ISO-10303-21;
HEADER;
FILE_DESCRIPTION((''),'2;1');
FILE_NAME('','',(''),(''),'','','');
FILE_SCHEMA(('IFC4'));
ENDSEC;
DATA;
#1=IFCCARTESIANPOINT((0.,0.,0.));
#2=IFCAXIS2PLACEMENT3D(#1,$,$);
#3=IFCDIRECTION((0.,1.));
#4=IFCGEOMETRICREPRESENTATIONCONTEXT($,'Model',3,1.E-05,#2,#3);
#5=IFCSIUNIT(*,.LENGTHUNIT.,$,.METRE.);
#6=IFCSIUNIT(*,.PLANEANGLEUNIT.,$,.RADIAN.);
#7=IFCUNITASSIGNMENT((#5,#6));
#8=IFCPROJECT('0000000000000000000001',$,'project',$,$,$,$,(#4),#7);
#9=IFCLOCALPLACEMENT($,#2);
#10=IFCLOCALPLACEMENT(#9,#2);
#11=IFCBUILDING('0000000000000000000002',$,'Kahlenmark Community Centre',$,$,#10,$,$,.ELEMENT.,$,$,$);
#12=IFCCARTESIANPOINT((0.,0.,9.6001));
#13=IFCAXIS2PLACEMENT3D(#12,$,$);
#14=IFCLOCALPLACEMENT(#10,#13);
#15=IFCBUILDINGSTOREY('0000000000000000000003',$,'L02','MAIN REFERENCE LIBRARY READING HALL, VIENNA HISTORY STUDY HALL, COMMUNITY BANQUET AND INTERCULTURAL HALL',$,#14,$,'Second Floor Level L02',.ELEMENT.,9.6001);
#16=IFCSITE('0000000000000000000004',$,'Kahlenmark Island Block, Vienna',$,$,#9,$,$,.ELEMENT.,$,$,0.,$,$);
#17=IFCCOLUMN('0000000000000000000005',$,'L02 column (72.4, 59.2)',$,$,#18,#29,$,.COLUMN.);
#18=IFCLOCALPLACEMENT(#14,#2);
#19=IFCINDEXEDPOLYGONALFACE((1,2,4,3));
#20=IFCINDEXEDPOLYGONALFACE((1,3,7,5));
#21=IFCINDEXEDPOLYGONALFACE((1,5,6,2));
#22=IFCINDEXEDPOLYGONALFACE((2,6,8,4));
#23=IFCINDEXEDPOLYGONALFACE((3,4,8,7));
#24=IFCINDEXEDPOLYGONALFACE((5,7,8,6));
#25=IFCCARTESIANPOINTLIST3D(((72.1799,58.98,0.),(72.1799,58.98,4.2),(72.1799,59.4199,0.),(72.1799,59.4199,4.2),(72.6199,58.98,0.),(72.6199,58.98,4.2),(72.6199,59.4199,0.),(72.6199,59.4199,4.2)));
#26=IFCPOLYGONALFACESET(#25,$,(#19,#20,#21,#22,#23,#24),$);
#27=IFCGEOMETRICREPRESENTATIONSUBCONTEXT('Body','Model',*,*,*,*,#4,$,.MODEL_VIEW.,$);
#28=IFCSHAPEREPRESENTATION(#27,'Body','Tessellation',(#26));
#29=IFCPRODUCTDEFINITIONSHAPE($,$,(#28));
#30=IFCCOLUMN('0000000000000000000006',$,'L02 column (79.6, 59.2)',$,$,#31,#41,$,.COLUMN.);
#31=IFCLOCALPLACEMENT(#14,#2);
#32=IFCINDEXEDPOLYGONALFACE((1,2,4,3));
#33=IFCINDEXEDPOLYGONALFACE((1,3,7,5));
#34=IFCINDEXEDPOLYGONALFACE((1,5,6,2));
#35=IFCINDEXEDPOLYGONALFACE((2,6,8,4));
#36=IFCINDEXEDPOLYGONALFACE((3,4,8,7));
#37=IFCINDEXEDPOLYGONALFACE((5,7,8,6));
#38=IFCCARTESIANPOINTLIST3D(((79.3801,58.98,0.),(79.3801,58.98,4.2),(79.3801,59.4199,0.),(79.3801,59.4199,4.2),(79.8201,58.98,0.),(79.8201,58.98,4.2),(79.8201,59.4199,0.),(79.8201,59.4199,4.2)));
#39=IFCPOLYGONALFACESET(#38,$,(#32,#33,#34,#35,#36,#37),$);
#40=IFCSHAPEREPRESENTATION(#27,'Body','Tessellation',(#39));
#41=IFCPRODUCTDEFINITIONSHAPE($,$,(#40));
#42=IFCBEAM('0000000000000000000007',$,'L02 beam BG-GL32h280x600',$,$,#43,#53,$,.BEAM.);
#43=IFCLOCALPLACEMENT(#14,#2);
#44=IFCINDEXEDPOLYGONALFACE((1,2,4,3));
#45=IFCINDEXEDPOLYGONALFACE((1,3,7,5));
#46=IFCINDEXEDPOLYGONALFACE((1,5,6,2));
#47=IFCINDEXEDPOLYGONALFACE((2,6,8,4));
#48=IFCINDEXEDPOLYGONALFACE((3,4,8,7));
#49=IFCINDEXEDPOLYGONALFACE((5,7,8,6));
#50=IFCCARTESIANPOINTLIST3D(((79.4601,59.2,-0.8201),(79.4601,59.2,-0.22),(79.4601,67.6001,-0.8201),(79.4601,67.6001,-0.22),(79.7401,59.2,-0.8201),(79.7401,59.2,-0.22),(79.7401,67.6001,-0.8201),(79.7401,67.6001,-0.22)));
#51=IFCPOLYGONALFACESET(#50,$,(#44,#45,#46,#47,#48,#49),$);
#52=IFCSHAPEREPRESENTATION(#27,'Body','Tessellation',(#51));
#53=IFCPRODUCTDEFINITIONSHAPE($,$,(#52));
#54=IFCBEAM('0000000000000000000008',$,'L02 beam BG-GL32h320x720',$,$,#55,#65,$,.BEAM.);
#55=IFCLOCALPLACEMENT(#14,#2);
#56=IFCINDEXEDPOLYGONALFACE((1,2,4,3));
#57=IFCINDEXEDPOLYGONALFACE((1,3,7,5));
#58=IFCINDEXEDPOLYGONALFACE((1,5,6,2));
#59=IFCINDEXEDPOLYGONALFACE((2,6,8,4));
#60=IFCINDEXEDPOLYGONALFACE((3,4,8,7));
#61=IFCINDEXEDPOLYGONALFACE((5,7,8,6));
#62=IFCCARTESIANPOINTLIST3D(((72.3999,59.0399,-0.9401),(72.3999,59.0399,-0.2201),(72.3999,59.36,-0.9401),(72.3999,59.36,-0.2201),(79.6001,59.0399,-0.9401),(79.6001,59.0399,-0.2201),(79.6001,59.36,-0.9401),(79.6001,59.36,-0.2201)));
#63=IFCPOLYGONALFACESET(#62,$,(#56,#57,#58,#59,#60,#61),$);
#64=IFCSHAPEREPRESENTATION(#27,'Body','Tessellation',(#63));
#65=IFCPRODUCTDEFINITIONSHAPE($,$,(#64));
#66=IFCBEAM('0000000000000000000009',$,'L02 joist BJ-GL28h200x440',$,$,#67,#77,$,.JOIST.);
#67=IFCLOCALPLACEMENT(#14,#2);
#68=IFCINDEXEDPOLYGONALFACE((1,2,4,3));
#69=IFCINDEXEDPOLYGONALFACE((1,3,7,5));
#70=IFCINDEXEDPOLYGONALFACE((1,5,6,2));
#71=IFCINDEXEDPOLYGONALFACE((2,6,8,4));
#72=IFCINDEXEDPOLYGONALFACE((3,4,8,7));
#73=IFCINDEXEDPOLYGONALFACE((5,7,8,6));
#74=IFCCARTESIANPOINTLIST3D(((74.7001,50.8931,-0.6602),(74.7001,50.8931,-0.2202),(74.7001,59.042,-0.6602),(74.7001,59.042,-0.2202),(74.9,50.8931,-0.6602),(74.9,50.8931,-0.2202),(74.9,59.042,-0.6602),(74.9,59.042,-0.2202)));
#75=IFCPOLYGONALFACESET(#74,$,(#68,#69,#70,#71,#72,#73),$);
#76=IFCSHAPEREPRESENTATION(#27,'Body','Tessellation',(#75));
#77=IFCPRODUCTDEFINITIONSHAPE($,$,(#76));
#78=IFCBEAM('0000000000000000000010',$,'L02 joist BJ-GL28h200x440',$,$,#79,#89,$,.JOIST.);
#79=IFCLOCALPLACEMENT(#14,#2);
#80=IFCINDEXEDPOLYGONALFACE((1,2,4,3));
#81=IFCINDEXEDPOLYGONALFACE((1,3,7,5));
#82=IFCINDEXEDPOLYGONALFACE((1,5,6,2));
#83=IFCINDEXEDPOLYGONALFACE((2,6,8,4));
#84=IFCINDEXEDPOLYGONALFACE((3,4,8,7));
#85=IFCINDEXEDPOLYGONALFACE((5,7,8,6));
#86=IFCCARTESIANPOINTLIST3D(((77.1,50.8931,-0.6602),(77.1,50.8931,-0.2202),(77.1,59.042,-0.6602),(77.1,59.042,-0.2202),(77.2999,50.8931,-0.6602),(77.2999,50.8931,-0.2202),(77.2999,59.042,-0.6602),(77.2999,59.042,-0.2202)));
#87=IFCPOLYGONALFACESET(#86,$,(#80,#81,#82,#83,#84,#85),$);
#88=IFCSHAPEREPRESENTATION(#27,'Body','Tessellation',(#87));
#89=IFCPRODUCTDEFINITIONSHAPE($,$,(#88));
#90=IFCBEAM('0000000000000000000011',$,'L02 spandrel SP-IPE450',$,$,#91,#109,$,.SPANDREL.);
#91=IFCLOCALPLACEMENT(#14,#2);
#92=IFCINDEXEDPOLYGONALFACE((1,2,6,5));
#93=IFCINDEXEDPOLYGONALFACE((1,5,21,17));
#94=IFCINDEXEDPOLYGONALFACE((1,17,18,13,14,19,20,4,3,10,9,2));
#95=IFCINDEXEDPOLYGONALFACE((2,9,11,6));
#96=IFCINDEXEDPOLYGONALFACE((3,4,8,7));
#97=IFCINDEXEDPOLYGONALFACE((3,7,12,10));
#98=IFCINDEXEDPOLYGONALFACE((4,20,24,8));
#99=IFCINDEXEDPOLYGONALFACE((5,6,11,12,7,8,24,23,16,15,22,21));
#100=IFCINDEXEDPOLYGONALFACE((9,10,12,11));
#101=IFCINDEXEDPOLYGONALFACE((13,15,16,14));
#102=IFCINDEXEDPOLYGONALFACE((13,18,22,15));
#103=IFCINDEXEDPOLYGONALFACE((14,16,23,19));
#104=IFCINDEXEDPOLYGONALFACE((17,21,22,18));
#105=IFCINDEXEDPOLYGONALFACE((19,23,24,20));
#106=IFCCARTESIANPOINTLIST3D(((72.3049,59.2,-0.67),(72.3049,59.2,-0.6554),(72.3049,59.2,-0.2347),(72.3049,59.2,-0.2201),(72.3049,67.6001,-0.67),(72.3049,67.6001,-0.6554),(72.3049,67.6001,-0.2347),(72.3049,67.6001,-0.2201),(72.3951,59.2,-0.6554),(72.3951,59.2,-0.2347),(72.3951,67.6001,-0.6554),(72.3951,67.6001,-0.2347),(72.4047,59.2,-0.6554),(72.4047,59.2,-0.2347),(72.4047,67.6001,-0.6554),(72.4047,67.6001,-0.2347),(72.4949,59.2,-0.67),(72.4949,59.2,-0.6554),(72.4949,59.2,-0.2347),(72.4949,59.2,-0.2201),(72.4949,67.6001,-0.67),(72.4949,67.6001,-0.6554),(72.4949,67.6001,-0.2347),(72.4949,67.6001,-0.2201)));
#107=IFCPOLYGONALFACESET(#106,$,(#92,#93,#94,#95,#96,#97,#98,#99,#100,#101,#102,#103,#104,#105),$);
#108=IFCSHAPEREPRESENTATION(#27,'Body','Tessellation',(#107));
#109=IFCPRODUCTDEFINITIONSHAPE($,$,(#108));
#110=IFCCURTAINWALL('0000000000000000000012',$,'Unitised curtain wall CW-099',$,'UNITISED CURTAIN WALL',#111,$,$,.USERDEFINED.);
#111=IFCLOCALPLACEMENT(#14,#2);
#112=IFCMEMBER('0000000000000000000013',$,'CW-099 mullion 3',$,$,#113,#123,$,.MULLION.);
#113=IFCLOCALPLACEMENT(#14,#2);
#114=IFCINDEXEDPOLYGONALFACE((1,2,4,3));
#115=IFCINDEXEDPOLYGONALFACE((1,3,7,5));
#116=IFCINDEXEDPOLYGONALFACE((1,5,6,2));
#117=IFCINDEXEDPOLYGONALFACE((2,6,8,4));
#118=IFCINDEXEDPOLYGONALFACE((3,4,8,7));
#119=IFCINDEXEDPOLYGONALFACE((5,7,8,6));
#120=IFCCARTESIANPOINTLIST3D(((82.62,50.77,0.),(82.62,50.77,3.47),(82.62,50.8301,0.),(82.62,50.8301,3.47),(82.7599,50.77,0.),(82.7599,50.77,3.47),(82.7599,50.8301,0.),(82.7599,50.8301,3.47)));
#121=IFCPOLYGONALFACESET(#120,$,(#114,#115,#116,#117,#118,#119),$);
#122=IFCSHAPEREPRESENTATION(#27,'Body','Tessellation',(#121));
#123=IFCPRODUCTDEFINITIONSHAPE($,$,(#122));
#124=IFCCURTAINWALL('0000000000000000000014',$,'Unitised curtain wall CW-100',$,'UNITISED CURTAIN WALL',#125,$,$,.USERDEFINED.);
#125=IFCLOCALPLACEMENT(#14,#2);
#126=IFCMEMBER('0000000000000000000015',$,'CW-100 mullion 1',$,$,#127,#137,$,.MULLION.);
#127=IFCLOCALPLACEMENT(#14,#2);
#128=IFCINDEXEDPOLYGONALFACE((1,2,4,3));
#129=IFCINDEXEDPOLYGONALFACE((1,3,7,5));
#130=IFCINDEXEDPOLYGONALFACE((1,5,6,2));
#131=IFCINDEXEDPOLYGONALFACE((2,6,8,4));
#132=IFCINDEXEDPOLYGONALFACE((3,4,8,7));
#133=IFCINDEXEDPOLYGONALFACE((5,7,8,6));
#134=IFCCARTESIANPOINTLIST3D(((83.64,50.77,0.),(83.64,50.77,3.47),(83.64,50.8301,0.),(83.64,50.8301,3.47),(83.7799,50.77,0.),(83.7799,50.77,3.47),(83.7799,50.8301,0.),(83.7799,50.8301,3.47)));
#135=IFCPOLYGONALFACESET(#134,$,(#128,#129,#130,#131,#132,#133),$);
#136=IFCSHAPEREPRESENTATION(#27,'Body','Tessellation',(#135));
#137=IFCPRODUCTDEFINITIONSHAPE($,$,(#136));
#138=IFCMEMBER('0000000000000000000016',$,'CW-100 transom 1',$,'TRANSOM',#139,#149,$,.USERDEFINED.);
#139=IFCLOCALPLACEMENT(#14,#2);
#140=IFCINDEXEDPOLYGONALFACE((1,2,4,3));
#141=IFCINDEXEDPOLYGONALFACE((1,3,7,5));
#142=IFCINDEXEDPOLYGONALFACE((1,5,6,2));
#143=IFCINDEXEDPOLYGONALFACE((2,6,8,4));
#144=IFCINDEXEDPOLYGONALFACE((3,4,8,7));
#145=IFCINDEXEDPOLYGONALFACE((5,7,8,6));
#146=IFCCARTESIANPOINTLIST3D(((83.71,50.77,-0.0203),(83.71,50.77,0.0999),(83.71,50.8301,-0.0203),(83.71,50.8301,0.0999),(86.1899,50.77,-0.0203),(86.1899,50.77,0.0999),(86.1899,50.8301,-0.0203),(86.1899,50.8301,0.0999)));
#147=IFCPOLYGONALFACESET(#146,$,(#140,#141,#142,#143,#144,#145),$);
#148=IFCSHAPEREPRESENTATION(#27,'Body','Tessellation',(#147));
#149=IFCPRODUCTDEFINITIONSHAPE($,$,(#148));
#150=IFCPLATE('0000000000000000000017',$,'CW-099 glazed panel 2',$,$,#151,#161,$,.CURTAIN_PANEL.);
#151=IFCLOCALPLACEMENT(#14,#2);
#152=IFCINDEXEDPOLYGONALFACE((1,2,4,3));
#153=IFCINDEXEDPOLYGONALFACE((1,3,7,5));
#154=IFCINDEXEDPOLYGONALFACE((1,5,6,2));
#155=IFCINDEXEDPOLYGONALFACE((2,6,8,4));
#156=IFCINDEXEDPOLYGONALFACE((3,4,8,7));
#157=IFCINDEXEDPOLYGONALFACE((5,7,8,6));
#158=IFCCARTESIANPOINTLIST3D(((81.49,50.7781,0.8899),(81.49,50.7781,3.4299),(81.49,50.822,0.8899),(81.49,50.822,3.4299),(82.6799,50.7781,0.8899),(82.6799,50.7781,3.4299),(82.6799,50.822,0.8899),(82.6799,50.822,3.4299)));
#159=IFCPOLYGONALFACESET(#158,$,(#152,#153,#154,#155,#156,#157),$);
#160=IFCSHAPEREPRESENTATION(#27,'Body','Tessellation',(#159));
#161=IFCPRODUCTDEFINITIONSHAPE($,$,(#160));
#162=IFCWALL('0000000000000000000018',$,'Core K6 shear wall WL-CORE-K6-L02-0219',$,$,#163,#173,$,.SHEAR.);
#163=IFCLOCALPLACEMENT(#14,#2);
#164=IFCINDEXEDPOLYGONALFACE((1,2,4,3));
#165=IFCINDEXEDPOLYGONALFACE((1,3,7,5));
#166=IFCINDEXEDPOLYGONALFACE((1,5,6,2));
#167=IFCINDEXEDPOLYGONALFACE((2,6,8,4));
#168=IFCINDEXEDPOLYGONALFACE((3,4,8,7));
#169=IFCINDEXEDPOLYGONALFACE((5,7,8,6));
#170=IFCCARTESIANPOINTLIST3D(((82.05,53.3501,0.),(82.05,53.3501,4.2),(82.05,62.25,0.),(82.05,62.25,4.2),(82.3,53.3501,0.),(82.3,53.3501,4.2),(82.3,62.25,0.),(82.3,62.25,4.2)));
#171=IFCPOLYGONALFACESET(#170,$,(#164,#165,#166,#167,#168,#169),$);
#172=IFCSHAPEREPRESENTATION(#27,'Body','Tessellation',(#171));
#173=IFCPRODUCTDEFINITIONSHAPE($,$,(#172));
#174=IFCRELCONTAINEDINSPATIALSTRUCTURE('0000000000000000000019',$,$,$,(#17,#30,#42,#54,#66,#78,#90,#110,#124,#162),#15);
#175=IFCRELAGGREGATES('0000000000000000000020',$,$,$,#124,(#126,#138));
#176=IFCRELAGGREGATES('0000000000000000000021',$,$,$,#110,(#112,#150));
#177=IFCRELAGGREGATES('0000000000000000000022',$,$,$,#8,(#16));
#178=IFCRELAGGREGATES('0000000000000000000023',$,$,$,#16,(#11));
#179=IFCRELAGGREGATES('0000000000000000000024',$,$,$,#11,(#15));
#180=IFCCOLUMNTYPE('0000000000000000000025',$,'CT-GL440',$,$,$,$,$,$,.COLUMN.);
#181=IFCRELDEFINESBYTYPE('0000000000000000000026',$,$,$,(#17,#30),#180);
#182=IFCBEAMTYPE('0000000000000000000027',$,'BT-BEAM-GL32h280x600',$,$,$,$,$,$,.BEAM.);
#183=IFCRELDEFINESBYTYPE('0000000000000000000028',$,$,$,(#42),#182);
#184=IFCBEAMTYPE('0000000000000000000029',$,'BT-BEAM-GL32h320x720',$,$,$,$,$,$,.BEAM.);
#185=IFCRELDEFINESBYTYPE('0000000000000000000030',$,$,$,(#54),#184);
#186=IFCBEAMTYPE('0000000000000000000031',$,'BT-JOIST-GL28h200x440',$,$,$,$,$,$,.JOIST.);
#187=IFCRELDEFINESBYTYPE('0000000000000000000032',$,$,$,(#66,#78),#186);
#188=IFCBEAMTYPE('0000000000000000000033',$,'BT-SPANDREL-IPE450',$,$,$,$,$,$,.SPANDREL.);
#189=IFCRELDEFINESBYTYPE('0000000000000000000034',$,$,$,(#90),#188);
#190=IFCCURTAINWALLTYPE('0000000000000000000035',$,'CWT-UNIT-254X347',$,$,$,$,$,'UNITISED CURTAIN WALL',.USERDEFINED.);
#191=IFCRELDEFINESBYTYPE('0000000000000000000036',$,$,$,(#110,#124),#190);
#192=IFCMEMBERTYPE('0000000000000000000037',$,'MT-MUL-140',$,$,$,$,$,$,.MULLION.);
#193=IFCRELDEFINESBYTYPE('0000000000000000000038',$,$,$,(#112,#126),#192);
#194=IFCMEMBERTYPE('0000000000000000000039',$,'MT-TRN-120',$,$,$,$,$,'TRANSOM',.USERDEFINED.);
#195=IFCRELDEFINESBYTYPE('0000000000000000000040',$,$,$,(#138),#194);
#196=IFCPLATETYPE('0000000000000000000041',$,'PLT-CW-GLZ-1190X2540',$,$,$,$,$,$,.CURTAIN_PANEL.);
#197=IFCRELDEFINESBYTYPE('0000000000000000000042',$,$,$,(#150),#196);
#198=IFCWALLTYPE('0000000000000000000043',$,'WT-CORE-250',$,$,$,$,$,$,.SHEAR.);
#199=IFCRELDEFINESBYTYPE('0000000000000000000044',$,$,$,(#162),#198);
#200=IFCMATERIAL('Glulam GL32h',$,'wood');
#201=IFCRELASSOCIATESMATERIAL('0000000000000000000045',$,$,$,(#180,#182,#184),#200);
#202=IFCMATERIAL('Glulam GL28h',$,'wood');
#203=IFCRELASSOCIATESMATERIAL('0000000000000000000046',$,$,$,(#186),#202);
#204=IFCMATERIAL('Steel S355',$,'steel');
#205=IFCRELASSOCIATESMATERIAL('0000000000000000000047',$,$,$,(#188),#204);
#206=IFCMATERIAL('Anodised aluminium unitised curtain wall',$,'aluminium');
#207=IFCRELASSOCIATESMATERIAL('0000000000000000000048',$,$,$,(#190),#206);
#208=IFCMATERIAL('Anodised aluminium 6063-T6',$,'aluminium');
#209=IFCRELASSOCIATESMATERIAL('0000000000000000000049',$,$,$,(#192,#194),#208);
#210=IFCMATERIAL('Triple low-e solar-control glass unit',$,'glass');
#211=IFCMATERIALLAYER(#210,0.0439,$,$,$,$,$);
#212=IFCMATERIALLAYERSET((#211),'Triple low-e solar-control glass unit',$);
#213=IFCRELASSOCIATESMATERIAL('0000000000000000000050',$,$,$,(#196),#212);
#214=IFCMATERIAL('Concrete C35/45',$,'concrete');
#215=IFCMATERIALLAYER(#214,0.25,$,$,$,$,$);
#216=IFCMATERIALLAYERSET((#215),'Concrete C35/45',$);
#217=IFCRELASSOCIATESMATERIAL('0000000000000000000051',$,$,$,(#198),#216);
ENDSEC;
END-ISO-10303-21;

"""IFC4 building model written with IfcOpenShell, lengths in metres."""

from ifc_helpers import new_model, si_unit, direction, frame, frame_2d, origin, origin_2d, place, context, subcontext, project, spatial, rectangle, i_section, extrude, material, layer, layer_set, material_profile, profile_set, type_object, element, aggregate, save


model = new_model("IFC4")

# Units and contexts
model_context = context("Model", 3, precision=1e-05, world=origin(), true_north=direction((0.0, 1.0)))
body_context = subcontext(model_context, "Body", "Model", "MODEL_VIEW")
ifc_project = project(units=[si_unit("LENGTHUNIT", "METRE"), si_unit("PLANEANGLEUNIT", "RADIAN")], contexts=[model_context])

# Site, building, storey
site_placement = place(None, origin())
site = spatial("IfcSite", under=ifc_project, at=site_placement, Name="Kahlenmark Island Block, Vienna", CompositionType="ELEMENT", RefElevation=0.0)
building_placement = place(site_placement, origin())
building = spatial("IfcBuilding", under=site, at=building_placement, Name="Kahlenmark Community Centre", CompositionType="ELEMENT")
storey_placement = place(building_placement, frame((0.0, 0.0, 9.6001)))
storey = spatial("IfcBuildingStorey", under=building, at=storey_placement, Name="L02", Description="MAIN REFERENCE LIBRARY READING HALL, VIENNA HISTORY STUDY HALL, COMMUNITY BANQUET AND INTERCULTURAL HALL", LongName="Second Floor Level L02", CompositionType="ELEMENT", Elevation=9.6001)

# Columns
ifc_material_1 = material(Name="Glulam GL32h", Category="wood")
ifc_material_profile_1 = material_profile(ifc_material_1, rectangle(XDim=0.4399, YDim=0.4399, at=origin_2d()), Name="GL32h 440x440")
ifc_profile_set_1 = profile_set([ifc_material_profile_1], Name="Glulam GL32h")
column_type = type_object("IfcColumnType", Name="CT-GL440", PredefinedType="COLUMN", material=ifc_profile_set_1)
for number, where, z_axis, x_axis, name in (
    (1, (72.3999, 59.2, 0.0), (0.0, 0.0, 1.0), (1.0, 0.0, 0.0), "L02 column (72.4, 59.2)"),
    (2, (79.6001, 59.2, 0.0), (0.0, 0.0, 1.0), (1.0, 0.0, 0.0), "L02 column (79.6, 59.2)"),
):
    element("IfcColumn", number, at=place(storey_placement, frame(where, z_axis=z_axis, x_axis=x_axis)), inside=storey, type_object=column_type, Name=name, PredefinedType="COLUMN", context=body_context, shape_type="SweptSolid", body=[
        extrude(rectangle(XDim=0.4399, YDim=0.4399, at=origin_2d()), origin(), (0.0, 0.0, 1.0), 4.2),
    ])

# Beams
ifc_material_profile_2 = material_profile(ifc_material_1, rectangle(XDim=0.28, YDim=0.6001, at=origin_2d()), Name="GL32h 280x600")
ifc_profile_set_2 = profile_set([ifc_material_profile_2], Name="Glulam GL32h")
beam_type_1 = type_object("IfcBeamType", Name="BT-BEAM-GL32h280x600", PredefinedType="BEAM", material=ifc_profile_set_2)
beam_1_placement = place(storey_placement, frame((79.6001, 59.2, -0.52), z_axis=(0.0, 1.0, 0.0), x_axis=(-1.0, 0.0, 0.0)))
element("IfcBeam", 3, at=beam_1_placement, inside=storey, type_object=beam_type_1, Name="L02 beam BG-GL32h280x600", PredefinedType="BEAM", context=body_context, shape_type="SweptSolid", body=[
    extrude(rectangle(XDim=0.28, YDim=0.6001, at=origin_2d()), origin(), (0.0, 0.0, 1.0), 8.4001),
])
ifc_material_profile_3 = material_profile(ifc_material_1, rectangle(XDim=0.3201, YDim=0.72, at=origin_2d()), Name="GL32h 320x720")
ifc_profile_set_3 = profile_set([ifc_material_profile_3], Name="Glulam GL32h")
beam_type_2 = type_object("IfcBeamType", Name="BT-BEAM-GL32h320x720", PredefinedType="BEAM", material=ifc_profile_set_3)
beam_2_placement = place(storey_placement, frame((72.3999, 59.2, -0.5801), z_axis=(1.0, 0.0, 0.0), x_axis=(0.0, 1.0, 0.0)))
element("IfcBeam", 4, at=beam_2_placement, inside=storey, type_object=beam_type_2, Name="L02 beam BG-GL32h320x720", PredefinedType="BEAM", context=body_context, shape_type="SweptSolid", body=[
    extrude(rectangle(XDim=0.3201, YDim=0.72, at=origin_2d()), origin(), (0.0, 0.0, 1.0), 7.2002),
])
ifc_material_2 = material(Name="Glulam GL28h", Category="wood")
ifc_material_profile_4 = material_profile(ifc_material_2, rectangle(XDim=0.2, YDim=0.4399, at=origin_2d()), Name="GL28h 200x440")
ifc_profile_set_4 = profile_set([ifc_material_profile_4], Name="Glulam GL28h")
beam_type_3 = type_object("IfcBeamType", Name="BT-JOIST-GL28h200x440", PredefinedType="JOIST", material=ifc_profile_set_4)
for number, where, z_axis, x_axis, name in (
    (5, (74.8, 50.8931, -0.4402), (0.0, 1.0, 0.0), (-1.0, 0.0, 0.0), "L02 joist BJ-GL28h200x440"),
    (6, (77.2, 50.8931, -0.4402), (0.0, 1.0, 0.0), (-1.0, 0.0, 0.0), "L02 joist BJ-GL28h200x440"),
):
    element("IfcBeam", number, at=place(storey_placement, frame(where, z_axis=z_axis, x_axis=x_axis)), inside=storey, type_object=beam_type_3, Name=name, PredefinedType="JOIST", context=body_context, shape_type="SweptSolid", body=[
        extrude(rectangle(XDim=0.2, YDim=0.4399, at=origin_2d()), origin(), (0.0, 0.0, 1.0), 8.1489),
    ])
ifc_material_3 = material(Name="Steel S355", Category="steel")
ifc_material_profile_5 = material_profile(ifc_material_3, i_section(OverallWidth=0.1899, OverallDepth=0.45, WebThickness=0.0095, FlangeThickness=0.0146, at=origin_2d()), Name="IPE 450")
ifc_profile_set_5 = profile_set([ifc_material_profile_5], Name="Steel S355")
beam_type_4 = type_object("IfcBeamType", Name="BT-SPANDREL-IPE450", PredefinedType="SPANDREL", material=ifc_profile_set_5)
beam_3_placement = place(storey_placement, frame((72.3999, 59.2, -0.4451), z_axis=(0.0, 1.0, 0.0), x_axis=(-1.0, 0.0, 0.0)))
element("IfcBeam", 7, at=beam_3_placement, inside=storey, type_object=beam_type_4, Name="L02 spandrel SP-IPE450", PredefinedType="SPANDREL", context=body_context, shape_type="SweptSolid", body=[
    extrude(i_section(OverallWidth=0.1899, OverallDepth=0.45, WebThickness=0.0095, FlangeThickness=0.0146, at=origin_2d()), origin(), (0.0, 0.0, 1.0), 8.4001),
])

# Curtain wall, member
ifc_material_4 = material(Name="Anodised aluminium unitised curtain wall", Category="aluminium")
curtain_wall_type = type_object("IfcCurtainWallType", Name="CWT-UNIT-254X347", ElementType="UNITISED CURTAIN WALL", PredefinedType="USERDEFINED", material=ifc_material_4)
curtain_wall_1_placement = place(storey_placement, origin())
curtain_wall_1 = element("IfcCurtainWall", 8, at=curtain_wall_1_placement, inside=storey, type_object=curtain_wall_type, Name="Unitised curtain wall CW-099", ObjectType="UNITISED CURTAIN WALL", PredefinedType="USERDEFINED")
ifc_material_5 = material(Name="Anodised aluminium 6063-T6", Category="aluminium")
ifc_material_profile_6 = material_profile(ifc_material_5, rectangle(XDim=0.0601, YDim=0.1399, at=origin_2d()), Name="ALU MULLION 60x140")
ifc_profile_set_6 = profile_set([ifc_material_profile_6], Name="Anodised aluminium 6063-T6")
member_type_1 = type_object("IfcMemberType", Name="MT-MUL-140", PredefinedType="MULLION", material=ifc_profile_set_6)
member_1_placement = place(storey_placement, frame((82.6899, 50.8, 0.0), z_axis=(0.0, 0.0, 1.0), x_axis=(0.0, 1.0, 0.0)))
member_1 = element("IfcMember", 9, at=member_1_placement, type_object=member_type_1, Name="CW-099 mullion 3", PredefinedType="MULLION", context=body_context, shape_type="SweptSolid", body=[
    extrude(rectangle(XDim=0.0601, YDim=0.1399, at=origin_2d()), origin(), (0.0, 0.0, 1.0), 3.47),
])

# Curtain wall, members
curtain_wall_2_placement = place(storey_placement, origin())
curtain_wall_2 = element("IfcCurtainWall", 10, at=curtain_wall_2_placement, inside=storey, type_object=curtain_wall_type, Name="Unitised curtain wall CW-100", ObjectType="UNITISED CURTAIN WALL", PredefinedType="USERDEFINED")
member_2_placement = place(storey_placement, frame((83.71, 50.8, 0.0), z_axis=(0.0, 0.0, 1.0), x_axis=(0.0, 1.0, 0.0)))
member_2 = element("IfcMember", 11, at=member_2_placement, type_object=member_type_1, Name="CW-100 mullion 1", PredefinedType="MULLION", context=body_context, shape_type="SweptSolid", body=[
    extrude(rectangle(XDim=0.0601, YDim=0.1399, at=origin_2d()), origin(), (0.0, 0.0, 1.0), 3.47),
])
ifc_material_profile_7 = material_profile(ifc_material_5, rectangle(XDim=0.0601, YDim=0.1201, at=origin_2d()), Name="ALU TRANSOM 60x120")
ifc_profile_set_7 = profile_set([ifc_material_profile_7], Name="Anodised aluminium 6063-T6")
member_type_2 = type_object("IfcMemberType", Name="MT-TRN-120", ElementType="TRANSOM", PredefinedType="USERDEFINED", material=ifc_profile_set_7)
member_3_placement = place(storey_placement, frame((83.71, 50.8, 0.0398), z_axis=(1.0, 0.0, 0.0), x_axis=(0.0, 1.0, 0.0)))
member_3 = element("IfcMember", 12, at=member_3_placement, type_object=member_type_2, Name="CW-100 transom 1", ObjectType="TRANSOM", PredefinedType="USERDEFINED", context=body_context, shape_type="SweptSolid", body=[
    extrude(rectangle(XDim=0.0601, YDim=0.1201, at=origin_2d()), origin(), (0.0, 0.0, 1.0), 2.48),
])
aggregate(curtain_wall_2, [member_2, member_3])

# Plate
ifc_material_6 = material(Name="Triple low-e solar-control glass unit", Category="glass")
ifc_layer_1 = layer(ifc_material_6, 0.0439)
ifc_layer_set_1 = layer_set([ifc_layer_1], Name="Triple low-e solar-control glass unit")
plate_type = type_object("IfcPlateType", Name="PLT-CW-GLZ-1190X2540", PredefinedType="CURTAIN_PANEL", material=ifc_layer_set_1)
plate_placement = place(storey_placement, frame((82.085, 50.8, 0.8899), z_axis=(0.0, 0.0, 1.0), x_axis=(1.0, 0.0, 0.0)))
plate = element("IfcPlate", 13, at=plate_placement, type_object=plate_type, Name="CW-099 glazed panel 2", PredefinedType="CURTAIN_PANEL", context=body_context, shape_type="SweptSolid", body=[
    extrude(rectangle(XDim=1.1899, YDim=0.0439, at=origin_2d()), origin(), (0.0, 0.0, 1.0), 2.54),
])
aggregate(curtain_wall_1, [member_1, plate])

# Shared definitions
ifc_material_7 = material(Name="Concrete C35/45", Category="concrete")
ifc_layer_2 = layer(ifc_material_7, 0.25)
ifc_layer_set_2 = layer_set([ifc_layer_2], Name="Concrete C35/45")
wall_type_1 = type_object("IfcWallType", Name="WT-CORE-250", PredefinedType="SHEAR", material=ifc_layer_set_2)

# Wall
wall_1_placement = place(storey_placement, frame((82.175, 53.3501, 0.0), z_axis=(0.0, 0.0, 1.0), x_axis=(0.0, 1.0, 0.0)))
element("IfcWall", 14, at=wall_1_placement, inside=storey, type_object=wall_type_1, Name="Core K6 shear wall WL-CORE-K6-L02-0219", PredefinedType="SHEAR", context=body_context, shape_type="SweptSolid", body=[
    extrude(rectangle(XDim=8.8999, YDim=0.25, at=frame_2d((4.45, 0.0))), origin(), (0.0, 0.0, 1.0), 4.2),
])

save(model, "model.ifc")
